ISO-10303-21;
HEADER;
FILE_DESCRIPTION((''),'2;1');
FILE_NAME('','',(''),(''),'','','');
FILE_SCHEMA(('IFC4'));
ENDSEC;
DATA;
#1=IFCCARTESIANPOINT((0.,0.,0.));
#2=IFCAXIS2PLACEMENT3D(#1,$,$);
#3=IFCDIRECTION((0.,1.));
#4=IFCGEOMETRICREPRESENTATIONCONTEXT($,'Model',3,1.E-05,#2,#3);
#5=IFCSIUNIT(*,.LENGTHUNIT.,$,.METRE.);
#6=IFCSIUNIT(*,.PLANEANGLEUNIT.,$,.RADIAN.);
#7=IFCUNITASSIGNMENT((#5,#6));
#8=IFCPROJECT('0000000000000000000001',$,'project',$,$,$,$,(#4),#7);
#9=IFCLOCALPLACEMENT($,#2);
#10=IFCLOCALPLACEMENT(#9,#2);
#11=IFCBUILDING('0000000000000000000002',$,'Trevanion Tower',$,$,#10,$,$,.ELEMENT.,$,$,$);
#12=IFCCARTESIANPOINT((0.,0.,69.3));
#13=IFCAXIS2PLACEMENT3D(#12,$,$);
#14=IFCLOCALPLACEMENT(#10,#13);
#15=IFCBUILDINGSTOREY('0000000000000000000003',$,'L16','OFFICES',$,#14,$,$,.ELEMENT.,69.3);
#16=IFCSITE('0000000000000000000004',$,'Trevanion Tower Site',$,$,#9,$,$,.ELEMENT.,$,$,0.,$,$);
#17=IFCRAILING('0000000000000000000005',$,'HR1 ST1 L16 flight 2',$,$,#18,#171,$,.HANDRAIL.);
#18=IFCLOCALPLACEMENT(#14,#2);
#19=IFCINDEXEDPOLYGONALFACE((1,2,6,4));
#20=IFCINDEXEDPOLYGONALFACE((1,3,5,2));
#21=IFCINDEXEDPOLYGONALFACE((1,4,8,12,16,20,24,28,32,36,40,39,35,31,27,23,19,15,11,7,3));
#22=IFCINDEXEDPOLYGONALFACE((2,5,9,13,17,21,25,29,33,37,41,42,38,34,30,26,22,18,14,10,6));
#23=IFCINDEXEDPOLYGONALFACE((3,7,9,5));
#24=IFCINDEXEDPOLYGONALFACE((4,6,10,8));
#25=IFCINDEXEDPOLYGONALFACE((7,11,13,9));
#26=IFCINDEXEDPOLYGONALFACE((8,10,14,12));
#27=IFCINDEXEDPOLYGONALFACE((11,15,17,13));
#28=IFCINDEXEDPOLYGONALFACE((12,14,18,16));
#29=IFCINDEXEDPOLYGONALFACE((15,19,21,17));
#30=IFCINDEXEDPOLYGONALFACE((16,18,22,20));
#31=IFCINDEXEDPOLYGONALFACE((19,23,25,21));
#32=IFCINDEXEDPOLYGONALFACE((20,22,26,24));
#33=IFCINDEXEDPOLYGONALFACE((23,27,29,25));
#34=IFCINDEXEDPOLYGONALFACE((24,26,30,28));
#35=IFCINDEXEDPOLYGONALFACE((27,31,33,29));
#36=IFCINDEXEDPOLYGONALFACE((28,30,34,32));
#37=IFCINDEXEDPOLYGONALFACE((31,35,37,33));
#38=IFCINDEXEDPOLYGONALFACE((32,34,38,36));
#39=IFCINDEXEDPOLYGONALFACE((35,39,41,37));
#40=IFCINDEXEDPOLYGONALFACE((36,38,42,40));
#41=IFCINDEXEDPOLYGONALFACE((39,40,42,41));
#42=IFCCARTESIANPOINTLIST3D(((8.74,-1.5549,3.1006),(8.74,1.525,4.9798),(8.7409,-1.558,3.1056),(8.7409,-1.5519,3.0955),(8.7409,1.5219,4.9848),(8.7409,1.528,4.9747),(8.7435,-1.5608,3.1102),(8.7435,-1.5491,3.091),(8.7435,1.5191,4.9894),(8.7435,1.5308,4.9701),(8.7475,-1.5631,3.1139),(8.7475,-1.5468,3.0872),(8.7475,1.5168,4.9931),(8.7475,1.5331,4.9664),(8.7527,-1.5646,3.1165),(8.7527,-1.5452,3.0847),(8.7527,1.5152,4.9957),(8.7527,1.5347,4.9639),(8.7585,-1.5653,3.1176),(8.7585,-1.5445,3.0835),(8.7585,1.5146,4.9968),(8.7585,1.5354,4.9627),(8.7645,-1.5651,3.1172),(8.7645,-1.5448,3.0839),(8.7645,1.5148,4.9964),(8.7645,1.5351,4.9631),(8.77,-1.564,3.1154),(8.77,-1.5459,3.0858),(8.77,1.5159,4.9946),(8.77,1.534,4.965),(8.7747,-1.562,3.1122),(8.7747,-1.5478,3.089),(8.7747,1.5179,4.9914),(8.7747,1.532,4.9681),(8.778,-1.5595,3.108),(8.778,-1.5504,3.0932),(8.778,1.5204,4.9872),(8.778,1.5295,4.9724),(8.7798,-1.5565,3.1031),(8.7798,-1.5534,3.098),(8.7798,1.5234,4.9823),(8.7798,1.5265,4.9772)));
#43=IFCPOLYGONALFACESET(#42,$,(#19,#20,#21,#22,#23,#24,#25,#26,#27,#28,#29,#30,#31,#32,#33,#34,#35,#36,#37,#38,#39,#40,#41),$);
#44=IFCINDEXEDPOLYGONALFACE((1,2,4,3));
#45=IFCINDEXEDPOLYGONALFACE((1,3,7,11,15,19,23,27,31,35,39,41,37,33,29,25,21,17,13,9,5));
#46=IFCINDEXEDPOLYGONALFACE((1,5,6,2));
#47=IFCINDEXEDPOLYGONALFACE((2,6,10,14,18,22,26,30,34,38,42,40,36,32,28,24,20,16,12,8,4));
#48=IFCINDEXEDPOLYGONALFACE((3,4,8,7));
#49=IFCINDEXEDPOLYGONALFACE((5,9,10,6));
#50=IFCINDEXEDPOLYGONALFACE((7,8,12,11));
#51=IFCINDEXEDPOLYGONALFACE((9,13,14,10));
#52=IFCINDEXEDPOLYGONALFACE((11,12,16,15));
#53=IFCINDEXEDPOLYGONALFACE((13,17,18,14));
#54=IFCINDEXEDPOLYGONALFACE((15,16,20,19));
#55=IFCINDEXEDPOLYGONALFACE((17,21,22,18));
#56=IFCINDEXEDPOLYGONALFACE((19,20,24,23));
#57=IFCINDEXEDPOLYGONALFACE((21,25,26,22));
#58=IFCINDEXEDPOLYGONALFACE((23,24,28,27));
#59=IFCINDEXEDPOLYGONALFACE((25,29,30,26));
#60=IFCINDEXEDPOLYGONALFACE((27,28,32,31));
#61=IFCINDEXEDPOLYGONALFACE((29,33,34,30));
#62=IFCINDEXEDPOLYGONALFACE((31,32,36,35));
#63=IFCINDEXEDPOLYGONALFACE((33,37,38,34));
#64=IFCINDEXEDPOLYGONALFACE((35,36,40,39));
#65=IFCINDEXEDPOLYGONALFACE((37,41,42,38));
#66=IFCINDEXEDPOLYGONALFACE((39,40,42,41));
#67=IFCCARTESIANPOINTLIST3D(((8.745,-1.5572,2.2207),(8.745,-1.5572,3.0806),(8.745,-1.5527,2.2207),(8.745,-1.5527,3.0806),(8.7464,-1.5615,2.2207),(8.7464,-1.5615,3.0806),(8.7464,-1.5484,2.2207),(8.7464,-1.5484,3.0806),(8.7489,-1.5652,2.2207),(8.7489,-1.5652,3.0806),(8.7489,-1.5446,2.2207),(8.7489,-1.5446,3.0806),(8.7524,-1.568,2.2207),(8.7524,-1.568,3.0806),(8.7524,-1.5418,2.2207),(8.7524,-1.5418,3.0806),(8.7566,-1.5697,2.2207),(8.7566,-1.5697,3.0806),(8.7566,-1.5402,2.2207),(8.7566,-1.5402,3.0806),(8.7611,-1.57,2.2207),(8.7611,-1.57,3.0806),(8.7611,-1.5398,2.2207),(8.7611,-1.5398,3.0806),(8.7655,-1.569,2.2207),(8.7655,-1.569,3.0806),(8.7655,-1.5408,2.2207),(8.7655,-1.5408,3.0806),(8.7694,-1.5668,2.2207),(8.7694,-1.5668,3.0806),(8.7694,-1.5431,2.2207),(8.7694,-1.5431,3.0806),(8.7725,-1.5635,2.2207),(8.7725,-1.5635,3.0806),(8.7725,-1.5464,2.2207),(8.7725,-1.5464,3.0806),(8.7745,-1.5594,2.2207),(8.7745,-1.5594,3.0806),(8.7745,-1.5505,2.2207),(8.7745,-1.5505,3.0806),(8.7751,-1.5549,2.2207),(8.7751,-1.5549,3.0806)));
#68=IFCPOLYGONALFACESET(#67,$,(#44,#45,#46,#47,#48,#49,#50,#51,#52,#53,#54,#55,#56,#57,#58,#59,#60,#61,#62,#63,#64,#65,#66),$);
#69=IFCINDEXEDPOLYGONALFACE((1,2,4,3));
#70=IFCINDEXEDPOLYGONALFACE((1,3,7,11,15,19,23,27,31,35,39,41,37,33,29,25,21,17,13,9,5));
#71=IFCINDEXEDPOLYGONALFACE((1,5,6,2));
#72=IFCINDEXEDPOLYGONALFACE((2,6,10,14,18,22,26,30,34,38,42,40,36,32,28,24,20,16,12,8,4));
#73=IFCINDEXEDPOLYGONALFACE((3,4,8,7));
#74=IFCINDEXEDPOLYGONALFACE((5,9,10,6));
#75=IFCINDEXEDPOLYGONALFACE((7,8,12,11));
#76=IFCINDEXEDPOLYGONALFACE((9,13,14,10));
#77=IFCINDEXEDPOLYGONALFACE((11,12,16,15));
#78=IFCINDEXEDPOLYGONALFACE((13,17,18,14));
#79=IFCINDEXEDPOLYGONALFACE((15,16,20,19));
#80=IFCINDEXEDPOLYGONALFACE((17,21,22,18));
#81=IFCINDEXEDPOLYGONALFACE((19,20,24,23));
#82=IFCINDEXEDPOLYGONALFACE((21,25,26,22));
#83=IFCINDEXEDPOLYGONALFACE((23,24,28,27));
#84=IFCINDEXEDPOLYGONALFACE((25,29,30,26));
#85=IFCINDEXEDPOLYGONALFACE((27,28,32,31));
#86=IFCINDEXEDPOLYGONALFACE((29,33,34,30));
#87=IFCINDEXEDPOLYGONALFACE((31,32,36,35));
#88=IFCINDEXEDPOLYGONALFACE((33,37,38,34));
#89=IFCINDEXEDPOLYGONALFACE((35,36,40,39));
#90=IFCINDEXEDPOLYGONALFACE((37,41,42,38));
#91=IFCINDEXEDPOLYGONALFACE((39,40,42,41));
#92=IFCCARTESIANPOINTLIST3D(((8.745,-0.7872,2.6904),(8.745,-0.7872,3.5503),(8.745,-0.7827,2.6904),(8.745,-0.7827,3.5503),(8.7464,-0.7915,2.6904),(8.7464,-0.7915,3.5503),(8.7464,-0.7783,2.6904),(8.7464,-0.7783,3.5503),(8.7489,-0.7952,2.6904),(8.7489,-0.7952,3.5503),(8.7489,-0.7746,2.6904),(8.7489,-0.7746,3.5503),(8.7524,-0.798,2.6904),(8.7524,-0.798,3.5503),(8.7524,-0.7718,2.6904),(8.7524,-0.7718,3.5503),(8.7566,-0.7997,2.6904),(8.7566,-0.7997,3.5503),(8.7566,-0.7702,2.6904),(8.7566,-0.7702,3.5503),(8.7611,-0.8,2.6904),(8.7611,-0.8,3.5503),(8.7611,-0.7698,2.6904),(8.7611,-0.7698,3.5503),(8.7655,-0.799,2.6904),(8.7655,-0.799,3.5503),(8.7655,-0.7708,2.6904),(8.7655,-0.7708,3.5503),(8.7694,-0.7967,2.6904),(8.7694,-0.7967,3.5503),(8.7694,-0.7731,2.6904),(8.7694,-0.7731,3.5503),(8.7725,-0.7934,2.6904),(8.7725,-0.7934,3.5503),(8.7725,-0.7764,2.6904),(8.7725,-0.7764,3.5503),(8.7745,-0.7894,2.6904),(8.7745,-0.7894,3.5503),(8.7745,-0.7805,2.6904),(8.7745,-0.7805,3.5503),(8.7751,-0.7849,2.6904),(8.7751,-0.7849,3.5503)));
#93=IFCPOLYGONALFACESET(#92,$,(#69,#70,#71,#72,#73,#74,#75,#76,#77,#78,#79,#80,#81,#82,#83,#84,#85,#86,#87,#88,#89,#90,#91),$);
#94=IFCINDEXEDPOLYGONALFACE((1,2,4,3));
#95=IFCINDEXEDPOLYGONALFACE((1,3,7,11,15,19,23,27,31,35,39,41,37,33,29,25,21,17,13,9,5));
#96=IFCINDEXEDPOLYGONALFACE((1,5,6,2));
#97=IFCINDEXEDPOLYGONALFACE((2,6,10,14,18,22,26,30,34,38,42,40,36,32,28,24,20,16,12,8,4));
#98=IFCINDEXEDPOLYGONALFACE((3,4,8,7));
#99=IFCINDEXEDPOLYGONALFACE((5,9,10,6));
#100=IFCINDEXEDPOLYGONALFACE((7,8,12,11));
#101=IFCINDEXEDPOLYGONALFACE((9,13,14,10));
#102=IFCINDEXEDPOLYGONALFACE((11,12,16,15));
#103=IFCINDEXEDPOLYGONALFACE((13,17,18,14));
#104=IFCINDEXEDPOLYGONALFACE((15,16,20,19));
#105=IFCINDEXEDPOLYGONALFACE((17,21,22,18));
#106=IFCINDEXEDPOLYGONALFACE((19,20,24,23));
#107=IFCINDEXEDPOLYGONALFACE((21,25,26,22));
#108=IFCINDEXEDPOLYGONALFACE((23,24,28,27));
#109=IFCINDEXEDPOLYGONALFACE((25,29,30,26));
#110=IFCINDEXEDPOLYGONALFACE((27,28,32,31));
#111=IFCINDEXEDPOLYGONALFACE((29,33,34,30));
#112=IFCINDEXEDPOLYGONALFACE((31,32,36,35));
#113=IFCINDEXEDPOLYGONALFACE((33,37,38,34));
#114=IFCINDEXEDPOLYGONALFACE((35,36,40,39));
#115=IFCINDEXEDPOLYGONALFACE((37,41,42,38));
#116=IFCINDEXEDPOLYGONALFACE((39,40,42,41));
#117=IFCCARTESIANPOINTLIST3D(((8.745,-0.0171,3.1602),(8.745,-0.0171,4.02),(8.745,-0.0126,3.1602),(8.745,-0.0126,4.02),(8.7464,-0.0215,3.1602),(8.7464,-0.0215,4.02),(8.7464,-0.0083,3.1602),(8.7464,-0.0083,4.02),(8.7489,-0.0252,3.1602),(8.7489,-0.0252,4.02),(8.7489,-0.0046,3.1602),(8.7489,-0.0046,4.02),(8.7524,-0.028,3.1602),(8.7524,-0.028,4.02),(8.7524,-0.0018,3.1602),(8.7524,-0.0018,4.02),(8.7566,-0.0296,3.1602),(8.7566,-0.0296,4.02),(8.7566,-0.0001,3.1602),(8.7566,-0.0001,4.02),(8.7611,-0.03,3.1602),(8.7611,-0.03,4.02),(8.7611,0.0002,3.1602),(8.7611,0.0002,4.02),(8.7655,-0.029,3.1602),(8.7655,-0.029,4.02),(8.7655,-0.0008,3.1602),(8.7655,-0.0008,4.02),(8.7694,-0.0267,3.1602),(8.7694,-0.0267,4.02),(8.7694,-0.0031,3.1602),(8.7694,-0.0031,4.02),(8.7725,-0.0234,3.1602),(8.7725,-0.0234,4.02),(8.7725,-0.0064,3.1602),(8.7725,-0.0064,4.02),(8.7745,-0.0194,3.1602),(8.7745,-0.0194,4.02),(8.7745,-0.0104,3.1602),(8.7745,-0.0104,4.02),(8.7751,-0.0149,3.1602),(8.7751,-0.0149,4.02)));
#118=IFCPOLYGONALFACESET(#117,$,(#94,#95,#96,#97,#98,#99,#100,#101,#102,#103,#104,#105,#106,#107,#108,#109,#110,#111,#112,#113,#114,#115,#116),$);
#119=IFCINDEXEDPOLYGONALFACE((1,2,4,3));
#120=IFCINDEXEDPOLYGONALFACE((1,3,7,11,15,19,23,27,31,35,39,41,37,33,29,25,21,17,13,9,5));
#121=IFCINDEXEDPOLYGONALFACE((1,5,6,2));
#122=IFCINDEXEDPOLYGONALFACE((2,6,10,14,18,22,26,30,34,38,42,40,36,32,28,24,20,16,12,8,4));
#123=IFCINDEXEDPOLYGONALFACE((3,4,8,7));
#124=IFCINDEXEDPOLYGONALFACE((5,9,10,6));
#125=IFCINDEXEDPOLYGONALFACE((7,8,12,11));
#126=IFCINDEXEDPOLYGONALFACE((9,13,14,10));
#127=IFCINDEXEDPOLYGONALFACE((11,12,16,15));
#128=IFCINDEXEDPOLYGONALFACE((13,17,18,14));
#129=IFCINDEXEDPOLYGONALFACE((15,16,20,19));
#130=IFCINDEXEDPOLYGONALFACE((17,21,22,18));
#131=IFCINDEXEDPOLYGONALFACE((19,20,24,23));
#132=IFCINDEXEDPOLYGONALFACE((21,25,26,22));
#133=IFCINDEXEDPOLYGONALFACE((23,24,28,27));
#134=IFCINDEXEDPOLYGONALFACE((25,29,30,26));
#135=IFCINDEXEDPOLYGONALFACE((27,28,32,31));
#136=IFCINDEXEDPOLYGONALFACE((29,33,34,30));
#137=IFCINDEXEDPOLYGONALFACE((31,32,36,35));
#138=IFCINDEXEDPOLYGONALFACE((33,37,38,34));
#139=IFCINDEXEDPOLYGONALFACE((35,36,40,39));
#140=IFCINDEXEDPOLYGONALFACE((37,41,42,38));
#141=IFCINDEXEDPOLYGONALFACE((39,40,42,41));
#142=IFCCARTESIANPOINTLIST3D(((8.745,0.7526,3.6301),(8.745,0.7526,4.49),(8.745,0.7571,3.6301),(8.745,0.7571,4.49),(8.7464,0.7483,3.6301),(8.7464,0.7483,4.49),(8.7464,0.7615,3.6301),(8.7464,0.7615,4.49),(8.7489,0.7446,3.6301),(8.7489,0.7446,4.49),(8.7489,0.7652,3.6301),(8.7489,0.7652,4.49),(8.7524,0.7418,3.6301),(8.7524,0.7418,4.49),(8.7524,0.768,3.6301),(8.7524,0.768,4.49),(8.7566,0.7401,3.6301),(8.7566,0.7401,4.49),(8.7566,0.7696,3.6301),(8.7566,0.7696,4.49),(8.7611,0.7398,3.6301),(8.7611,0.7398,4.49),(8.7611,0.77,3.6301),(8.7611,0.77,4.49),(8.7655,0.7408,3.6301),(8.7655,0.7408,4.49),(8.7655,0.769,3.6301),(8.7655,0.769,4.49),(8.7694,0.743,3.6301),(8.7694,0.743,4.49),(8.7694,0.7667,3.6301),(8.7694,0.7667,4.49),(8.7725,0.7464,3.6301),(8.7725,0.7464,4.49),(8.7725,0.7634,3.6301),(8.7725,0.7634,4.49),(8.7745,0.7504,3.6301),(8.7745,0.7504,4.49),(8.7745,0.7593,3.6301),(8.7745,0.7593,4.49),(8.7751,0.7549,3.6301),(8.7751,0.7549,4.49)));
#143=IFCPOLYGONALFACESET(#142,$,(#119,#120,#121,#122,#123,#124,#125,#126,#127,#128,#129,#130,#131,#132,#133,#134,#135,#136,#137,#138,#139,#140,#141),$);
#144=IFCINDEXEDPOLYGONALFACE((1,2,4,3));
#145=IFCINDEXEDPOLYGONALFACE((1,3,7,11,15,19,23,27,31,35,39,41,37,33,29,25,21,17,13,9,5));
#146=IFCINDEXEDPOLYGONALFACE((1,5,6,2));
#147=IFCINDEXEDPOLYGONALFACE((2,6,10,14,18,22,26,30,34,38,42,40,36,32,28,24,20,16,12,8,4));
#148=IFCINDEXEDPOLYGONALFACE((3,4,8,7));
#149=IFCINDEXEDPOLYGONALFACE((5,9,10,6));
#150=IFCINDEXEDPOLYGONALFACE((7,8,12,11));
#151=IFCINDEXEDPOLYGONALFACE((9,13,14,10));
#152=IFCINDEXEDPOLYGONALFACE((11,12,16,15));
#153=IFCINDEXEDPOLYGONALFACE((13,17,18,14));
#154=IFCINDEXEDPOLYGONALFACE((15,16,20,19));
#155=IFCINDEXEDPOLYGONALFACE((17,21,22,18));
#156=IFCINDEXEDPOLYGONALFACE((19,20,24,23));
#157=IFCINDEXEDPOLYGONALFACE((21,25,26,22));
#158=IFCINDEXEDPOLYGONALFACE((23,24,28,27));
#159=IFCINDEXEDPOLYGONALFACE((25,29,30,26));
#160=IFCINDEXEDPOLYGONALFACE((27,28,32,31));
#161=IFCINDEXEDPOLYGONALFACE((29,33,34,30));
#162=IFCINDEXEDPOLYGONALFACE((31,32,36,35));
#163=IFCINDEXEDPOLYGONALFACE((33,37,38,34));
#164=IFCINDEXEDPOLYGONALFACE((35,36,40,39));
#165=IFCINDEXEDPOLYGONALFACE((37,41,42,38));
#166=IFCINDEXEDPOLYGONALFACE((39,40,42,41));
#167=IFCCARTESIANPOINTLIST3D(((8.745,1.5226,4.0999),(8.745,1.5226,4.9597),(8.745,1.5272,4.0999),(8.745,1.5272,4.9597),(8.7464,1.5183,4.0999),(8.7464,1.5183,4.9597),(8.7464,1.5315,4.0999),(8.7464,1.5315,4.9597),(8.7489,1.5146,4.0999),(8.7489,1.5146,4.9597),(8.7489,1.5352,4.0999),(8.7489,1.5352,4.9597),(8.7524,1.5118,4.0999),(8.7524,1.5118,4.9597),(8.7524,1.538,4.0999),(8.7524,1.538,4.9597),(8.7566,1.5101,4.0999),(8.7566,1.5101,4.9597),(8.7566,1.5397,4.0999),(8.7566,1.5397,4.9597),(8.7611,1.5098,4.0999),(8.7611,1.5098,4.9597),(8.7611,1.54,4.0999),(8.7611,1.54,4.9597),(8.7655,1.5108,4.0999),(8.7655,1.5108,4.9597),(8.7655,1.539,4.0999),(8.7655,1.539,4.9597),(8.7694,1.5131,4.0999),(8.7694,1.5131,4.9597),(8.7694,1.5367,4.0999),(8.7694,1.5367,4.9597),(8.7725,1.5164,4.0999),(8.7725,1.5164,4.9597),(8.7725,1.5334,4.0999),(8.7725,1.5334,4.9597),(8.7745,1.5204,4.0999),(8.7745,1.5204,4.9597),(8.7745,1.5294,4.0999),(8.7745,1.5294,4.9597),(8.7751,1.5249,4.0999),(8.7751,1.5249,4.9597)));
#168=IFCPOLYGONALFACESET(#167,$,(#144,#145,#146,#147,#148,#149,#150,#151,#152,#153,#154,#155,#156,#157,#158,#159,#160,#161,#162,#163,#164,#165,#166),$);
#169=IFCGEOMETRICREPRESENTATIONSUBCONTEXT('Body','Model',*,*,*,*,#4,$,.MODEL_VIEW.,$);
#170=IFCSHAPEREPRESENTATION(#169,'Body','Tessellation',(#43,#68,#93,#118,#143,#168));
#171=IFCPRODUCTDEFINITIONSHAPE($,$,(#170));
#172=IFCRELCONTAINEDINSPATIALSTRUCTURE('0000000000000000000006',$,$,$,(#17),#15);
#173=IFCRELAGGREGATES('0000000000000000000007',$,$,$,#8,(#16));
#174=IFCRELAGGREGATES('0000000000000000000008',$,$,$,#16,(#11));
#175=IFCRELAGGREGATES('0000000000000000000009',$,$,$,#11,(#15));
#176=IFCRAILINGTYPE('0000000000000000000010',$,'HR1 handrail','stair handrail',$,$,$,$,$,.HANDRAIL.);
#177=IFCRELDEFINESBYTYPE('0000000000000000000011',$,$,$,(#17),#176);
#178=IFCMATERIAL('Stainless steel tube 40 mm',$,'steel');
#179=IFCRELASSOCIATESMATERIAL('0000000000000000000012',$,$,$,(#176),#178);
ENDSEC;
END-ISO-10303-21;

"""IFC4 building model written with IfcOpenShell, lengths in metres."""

from ifc_helpers import new_model, si_unit, direction, frame, origin, origin_2d, place, context, subcontext, project, spatial, circle, extrude, material, type_object, element, save


model = new_model("IFC4")

# Units and contexts
model_context = context("Model", 3, precision=1e-05, world=origin(), true_north=direction((0.0, 1.0)))
body_context = subcontext(model_context, "Body", "Model", "MODEL_VIEW")
ifc_project = project(units=[si_unit("LENGTHUNIT", "METRE"), si_unit("PLANEANGLEUNIT", "RADIAN")], contexts=[model_context])

# Site, building, storey
site_placement = place(None, origin())
site = spatial("IfcSite", under=ifc_project, at=site_placement, Name="Trevanion Tower Site", CompositionType="ELEMENT", RefElevation=0.0)
building_placement = place(site_placement, origin())
building = spatial("IfcBuilding", under=site, at=building_placement, Name="Trevanion Tower", CompositionType="ELEMENT")
storey_placement = place(building_placement, frame((0.0, 0.0, 69.3)))
storey = spatial("IfcBuildingStorey", under=building, at=storey_placement, Name="L16", Description="OFFICES", CompositionType="ELEMENT", Elevation=69.3)

# Railing
ifc_material_1 = material(Name="Stainless steel tube 40 mm", Category="steel")
railing_type = type_object("IfcRailingType", Name="HR1 handrail", Description="stair handrail", PredefinedType="HANDRAIL", material=ifc_material_1)
for number, where, name in (
    (1, (8.76, -1.5549, 2.2207), "HR1 ST1 L16 flight 2"),
):
    element("IfcRailing", number, at=place(storey_placement, frame(where)), inside=storey, type_object=railing_type, Name=name, PredefinedType="HANDRAIL", context=body_context, shape_type="SweptSolid", body=[
        extrude(circle(Radius=0.02, at=origin_2d()), frame((0.0, 0.0, 0.8799), z_axis=(0.0, 0.853648, 0.52085), x_axis=(-1.0, 0.0, 0.0)), (0.0, 0.0, 1.0), 3.6079),
        extrude(circle(Radius=0.0151, at=origin_2d()), origin(), (0.0, 0.0, 1.0), 0.8599),
        extrude(circle(Radius=0.0151, at=origin_2d()), frame((0.0, 0.77, 0.4697)), (0.0, 0.0, 1.0), 0.8599),
        extrude(circle(Radius=0.0151, at=origin_2d()), frame((0.0, 1.54, 0.9395)), (0.0, 0.0, 1.0), 0.8599),
        extrude(circle(Radius=0.0151, at=origin_2d()), frame((0.0, 2.3098, 1.4094)), (0.0, 0.0, 1.0), 0.8599),
        extrude(circle(Radius=0.0151, at=origin_2d()), frame((0.0, 3.0798, 1.8792)), (0.0, 0.0, 1.0), 0.8599),
    ])

save(model, "model.ifc")
